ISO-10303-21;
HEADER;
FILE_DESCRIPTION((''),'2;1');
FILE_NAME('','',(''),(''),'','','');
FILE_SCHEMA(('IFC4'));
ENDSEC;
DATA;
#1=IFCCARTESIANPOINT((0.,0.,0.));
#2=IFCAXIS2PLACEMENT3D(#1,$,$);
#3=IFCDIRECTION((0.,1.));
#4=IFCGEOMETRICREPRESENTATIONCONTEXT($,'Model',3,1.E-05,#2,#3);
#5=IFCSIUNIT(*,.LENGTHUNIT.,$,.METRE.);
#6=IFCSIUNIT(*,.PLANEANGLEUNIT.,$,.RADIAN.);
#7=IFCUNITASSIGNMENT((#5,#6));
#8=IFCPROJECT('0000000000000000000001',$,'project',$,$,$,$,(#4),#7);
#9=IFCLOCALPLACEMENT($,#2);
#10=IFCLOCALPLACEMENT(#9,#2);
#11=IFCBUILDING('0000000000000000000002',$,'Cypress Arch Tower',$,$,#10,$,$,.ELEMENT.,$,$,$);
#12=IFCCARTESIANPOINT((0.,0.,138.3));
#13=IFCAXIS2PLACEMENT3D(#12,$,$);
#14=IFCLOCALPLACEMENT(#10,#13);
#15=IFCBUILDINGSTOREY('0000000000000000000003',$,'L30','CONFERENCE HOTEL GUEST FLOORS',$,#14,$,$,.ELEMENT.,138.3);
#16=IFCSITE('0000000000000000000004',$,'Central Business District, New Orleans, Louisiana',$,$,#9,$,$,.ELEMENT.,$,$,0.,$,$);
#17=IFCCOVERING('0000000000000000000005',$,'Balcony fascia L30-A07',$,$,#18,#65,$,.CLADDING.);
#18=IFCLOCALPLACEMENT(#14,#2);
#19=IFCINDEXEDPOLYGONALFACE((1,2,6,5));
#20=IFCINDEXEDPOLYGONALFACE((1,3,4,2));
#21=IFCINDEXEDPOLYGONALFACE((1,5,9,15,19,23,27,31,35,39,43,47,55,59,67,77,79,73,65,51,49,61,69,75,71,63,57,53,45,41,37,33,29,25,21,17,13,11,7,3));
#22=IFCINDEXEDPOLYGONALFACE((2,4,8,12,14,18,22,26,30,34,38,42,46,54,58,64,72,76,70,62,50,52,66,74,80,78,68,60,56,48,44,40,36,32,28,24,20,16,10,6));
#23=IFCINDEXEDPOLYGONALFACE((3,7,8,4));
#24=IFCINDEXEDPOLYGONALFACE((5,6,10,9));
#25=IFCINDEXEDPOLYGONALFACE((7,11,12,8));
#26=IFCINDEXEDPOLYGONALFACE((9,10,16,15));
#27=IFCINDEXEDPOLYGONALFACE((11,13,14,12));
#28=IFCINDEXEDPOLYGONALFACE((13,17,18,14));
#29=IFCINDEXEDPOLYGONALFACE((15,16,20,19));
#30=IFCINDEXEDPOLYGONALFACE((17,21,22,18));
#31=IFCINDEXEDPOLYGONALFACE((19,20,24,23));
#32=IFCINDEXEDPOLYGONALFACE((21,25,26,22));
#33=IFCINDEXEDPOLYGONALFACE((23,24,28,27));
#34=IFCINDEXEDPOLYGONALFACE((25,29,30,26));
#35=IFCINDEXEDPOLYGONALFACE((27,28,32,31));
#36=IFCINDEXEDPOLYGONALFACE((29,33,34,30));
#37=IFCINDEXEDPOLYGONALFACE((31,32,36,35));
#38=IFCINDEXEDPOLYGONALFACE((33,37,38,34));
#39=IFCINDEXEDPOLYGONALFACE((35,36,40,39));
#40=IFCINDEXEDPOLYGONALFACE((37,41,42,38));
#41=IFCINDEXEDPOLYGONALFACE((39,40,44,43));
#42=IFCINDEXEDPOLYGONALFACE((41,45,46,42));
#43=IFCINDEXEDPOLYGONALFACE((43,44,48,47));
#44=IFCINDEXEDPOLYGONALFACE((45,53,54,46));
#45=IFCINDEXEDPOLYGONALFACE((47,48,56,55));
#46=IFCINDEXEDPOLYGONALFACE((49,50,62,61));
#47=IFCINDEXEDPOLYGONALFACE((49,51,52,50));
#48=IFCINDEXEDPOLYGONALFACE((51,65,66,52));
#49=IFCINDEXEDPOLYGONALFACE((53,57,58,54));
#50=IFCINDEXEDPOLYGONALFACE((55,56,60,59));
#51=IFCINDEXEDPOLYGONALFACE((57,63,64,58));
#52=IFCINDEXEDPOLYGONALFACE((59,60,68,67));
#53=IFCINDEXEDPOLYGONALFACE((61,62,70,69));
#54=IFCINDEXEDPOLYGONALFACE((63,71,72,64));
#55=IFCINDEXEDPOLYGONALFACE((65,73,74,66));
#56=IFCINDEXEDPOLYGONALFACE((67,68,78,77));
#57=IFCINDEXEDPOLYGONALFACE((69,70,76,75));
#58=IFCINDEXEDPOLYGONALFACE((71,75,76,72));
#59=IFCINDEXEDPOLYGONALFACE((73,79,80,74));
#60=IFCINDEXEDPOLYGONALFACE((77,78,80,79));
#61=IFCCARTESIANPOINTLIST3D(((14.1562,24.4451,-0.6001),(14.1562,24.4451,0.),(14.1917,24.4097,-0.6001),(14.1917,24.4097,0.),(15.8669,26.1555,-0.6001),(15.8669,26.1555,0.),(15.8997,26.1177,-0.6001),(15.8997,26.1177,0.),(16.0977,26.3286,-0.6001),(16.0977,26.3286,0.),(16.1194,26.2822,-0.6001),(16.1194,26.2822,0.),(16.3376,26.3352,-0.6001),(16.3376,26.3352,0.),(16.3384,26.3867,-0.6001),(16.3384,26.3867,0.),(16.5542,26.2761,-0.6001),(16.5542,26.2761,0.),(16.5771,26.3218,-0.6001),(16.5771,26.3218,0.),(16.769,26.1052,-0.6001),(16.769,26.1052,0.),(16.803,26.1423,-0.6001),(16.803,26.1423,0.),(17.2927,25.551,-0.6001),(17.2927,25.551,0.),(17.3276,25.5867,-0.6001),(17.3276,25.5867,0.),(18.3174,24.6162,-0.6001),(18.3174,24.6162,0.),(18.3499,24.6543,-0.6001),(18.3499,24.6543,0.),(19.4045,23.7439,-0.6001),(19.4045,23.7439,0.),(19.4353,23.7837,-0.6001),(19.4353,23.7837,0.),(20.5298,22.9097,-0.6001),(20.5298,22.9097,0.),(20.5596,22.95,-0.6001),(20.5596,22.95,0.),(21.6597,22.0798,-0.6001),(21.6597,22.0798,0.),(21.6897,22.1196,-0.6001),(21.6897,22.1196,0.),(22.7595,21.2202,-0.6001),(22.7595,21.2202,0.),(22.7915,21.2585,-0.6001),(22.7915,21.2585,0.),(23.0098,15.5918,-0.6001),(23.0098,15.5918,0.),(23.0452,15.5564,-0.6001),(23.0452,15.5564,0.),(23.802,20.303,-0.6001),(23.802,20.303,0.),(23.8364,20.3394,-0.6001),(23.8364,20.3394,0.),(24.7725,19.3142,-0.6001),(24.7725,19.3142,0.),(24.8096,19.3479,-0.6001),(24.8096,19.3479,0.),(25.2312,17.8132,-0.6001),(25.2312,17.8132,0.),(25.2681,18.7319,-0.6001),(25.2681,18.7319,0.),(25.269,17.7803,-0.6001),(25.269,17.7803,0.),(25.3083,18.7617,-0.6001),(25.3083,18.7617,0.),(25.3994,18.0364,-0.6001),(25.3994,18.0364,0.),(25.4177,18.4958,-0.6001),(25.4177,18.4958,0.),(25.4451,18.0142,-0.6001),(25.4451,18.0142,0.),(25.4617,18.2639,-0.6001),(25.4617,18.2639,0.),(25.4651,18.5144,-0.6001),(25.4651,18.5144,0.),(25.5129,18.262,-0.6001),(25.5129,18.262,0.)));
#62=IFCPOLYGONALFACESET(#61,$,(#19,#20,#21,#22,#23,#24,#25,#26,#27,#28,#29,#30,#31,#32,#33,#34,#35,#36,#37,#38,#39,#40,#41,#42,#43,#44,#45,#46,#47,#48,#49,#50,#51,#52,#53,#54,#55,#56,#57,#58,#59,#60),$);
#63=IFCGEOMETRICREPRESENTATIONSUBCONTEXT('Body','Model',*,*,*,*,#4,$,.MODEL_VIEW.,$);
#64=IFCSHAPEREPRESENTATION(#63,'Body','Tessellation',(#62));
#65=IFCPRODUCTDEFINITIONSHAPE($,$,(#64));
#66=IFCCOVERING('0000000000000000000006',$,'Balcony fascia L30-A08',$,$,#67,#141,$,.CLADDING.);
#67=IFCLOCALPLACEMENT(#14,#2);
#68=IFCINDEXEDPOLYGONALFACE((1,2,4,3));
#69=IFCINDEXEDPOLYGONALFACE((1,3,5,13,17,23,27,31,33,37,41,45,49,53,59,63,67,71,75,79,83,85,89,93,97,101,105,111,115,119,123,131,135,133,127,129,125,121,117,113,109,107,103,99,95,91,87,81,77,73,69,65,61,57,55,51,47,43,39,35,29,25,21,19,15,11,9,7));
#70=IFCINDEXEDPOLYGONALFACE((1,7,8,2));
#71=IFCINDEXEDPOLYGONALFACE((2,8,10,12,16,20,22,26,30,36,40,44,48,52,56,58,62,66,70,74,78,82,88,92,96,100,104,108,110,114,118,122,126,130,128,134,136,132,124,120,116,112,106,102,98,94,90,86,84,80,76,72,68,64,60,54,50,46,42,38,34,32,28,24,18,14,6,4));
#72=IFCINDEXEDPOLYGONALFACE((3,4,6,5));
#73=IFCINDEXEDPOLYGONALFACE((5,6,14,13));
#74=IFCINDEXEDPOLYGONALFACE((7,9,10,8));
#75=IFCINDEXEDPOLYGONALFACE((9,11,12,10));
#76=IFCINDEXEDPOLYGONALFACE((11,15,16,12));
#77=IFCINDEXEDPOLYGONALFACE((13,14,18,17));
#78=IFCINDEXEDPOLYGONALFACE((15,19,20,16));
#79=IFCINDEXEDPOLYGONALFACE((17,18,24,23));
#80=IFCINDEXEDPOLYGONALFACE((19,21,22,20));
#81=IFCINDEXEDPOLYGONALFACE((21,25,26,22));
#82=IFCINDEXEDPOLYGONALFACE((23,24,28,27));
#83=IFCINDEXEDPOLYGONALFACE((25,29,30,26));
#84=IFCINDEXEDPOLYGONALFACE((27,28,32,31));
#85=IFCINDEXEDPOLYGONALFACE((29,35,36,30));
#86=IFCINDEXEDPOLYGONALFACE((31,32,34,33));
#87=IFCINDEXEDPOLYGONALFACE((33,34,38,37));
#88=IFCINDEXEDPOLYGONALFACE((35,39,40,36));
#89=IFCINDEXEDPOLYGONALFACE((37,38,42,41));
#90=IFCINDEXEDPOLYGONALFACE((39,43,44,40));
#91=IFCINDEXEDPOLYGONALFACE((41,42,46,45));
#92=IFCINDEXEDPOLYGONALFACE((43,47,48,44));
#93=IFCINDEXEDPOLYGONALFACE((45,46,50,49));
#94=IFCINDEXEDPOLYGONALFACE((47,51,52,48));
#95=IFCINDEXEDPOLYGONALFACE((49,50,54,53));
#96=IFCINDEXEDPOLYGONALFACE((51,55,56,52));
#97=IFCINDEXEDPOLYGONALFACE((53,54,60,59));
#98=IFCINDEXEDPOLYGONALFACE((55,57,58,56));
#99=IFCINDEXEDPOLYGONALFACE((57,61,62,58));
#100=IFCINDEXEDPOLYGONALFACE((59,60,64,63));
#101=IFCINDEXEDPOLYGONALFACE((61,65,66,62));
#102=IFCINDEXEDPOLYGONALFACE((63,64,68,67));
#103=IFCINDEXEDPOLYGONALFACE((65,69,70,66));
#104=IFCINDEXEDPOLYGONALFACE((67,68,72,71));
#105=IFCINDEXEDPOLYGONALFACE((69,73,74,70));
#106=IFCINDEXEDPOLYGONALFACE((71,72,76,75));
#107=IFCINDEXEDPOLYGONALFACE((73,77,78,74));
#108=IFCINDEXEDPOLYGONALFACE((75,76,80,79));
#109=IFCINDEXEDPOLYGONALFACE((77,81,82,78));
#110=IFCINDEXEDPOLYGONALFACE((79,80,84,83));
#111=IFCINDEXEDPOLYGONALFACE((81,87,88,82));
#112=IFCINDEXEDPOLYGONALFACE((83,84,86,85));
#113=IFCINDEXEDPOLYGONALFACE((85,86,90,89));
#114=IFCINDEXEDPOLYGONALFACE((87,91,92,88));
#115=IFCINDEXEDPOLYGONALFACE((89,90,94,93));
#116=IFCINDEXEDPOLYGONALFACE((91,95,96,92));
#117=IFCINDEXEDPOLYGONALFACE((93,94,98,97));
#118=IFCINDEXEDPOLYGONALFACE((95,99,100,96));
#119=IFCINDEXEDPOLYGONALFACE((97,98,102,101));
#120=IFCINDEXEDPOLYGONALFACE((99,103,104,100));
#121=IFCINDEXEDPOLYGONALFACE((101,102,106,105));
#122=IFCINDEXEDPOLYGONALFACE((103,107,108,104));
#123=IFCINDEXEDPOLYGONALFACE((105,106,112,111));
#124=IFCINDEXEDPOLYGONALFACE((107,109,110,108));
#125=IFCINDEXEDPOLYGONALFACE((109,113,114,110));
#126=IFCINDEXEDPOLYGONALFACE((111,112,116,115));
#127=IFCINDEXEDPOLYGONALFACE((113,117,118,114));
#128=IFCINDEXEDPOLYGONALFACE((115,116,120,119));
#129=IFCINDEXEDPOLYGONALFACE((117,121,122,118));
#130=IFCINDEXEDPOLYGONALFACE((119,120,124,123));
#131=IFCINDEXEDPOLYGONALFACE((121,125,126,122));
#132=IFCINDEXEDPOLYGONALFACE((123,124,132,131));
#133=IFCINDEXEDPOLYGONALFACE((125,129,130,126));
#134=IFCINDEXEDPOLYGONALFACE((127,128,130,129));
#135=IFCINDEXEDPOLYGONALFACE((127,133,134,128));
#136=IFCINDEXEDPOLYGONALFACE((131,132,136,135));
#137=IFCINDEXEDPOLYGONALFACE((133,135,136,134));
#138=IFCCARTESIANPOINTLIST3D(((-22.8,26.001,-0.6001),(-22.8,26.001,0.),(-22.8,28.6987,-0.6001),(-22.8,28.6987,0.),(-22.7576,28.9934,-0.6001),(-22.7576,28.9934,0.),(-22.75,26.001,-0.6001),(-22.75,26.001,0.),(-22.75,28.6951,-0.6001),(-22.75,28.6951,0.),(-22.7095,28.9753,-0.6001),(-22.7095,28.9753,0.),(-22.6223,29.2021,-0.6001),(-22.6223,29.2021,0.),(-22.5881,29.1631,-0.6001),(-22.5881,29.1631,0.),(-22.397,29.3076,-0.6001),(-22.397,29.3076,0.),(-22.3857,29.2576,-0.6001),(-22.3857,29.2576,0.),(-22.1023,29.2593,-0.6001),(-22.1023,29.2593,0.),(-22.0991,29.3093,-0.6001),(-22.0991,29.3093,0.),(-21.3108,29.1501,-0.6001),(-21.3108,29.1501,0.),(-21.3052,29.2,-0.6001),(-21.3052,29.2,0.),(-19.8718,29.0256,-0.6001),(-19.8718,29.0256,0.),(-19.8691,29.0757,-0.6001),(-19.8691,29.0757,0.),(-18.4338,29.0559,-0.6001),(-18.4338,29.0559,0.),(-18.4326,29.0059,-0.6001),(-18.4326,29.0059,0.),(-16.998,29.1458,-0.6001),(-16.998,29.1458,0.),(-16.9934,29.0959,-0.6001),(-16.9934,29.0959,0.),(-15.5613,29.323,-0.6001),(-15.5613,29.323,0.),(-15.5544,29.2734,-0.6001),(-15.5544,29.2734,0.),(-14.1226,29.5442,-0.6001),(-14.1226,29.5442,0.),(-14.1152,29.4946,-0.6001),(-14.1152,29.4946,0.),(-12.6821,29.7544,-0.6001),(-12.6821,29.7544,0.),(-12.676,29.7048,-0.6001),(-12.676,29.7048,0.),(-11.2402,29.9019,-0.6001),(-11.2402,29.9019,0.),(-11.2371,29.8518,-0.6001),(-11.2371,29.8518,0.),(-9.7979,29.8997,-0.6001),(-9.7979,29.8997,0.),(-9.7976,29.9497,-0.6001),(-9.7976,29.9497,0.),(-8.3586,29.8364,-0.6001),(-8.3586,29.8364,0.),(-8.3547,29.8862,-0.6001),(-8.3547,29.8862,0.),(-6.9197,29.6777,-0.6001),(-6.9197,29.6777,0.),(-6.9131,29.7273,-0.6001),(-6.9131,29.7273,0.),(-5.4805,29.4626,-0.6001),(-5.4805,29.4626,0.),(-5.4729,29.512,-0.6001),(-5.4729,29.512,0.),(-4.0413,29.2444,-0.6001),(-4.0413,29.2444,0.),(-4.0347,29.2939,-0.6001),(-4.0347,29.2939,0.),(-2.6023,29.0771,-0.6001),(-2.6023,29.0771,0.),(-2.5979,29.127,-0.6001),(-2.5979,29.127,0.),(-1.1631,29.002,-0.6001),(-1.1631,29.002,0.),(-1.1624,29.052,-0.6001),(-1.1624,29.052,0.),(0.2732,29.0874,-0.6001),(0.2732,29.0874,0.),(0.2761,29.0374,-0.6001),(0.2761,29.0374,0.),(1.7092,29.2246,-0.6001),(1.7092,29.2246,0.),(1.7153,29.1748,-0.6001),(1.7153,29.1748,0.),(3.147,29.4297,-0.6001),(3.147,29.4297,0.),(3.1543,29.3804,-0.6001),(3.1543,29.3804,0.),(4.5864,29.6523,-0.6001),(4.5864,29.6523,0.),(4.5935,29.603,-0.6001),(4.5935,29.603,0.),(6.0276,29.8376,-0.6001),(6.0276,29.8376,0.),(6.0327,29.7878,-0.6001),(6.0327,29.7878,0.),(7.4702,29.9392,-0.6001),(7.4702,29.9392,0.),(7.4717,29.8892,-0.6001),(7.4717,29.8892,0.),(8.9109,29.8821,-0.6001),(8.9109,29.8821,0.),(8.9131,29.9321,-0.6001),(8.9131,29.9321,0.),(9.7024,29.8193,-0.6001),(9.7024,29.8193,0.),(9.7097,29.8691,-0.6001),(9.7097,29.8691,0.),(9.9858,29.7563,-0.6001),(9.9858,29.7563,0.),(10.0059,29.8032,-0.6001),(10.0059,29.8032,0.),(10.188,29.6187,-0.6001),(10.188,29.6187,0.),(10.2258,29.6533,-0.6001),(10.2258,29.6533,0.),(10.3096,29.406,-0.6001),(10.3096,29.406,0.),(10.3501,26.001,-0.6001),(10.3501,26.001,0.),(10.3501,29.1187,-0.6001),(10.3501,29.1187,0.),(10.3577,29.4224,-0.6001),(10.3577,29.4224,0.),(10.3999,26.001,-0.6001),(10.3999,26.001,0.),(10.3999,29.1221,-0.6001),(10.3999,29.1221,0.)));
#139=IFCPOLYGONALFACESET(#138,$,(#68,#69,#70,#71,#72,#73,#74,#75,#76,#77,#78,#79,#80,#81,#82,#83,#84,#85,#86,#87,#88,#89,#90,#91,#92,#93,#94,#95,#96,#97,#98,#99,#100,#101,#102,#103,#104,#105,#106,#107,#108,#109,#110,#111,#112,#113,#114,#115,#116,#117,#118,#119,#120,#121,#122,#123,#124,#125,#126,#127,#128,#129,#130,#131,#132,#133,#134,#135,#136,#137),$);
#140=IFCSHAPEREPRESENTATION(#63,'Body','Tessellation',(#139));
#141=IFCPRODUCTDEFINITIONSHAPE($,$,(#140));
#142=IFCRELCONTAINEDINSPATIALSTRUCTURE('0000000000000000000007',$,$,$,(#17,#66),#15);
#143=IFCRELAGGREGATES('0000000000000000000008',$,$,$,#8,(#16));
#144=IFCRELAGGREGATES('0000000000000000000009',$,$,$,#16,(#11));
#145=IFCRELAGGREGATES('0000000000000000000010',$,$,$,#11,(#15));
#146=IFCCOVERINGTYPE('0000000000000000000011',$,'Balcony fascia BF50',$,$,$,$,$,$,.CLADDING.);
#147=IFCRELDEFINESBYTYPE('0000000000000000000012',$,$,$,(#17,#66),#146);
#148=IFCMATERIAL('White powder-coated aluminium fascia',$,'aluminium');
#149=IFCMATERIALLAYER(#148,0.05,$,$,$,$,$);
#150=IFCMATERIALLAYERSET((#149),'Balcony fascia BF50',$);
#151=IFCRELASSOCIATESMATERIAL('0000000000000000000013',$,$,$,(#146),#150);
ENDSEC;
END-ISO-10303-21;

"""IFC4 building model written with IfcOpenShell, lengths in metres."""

from ifc_helpers import new_model, si_unit, direction, frame, origin, place, context, subcontext, project, spatial, polyline, outline, extrude, material, layer, layer_set, type_object, element, save


model = new_model("IFC4")

# Units and contexts
model_context = context("Model", 3, precision=1e-05, world=origin(), true_north=direction((0.0, 1.0)))
body_context = subcontext(model_context, "Body", "Model", "MODEL_VIEW")
ifc_project = project(units=[si_unit("LENGTHUNIT", "METRE"), si_unit("PLANEANGLEUNIT", "RADIAN")], contexts=[model_context])

# Site, building, storey
site_placement = place(None, origin())
site = spatial("IfcSite", under=ifc_project, at=site_placement, Name="Central Business District, New Orleans, Louisiana", CompositionType="ELEMENT", RefElevation=0.0)
building_placement = place(site_placement, origin())
building = spatial("IfcBuilding", under=site, at=building_placement, Name="Cypress Arch Tower", CompositionType="ELEMENT")
storey_placement = place(building_placement, frame((0.0, 0.0, 138.3)))
storey = spatial("IfcBuildingStorey", under=building, at=storey_placement, Name="L30", Description="CONFERENCE HOTEL GUEST FLOORS", CompositionType="ELEMENT", Elevation=138.3)

# Coverings
ifc_material_1 = material(Name="White powder-coated aluminium fascia", Category="aluminium")
ifc_layer_1 = layer(ifc_material_1, 0.05)
ifc_layer_set_1 = layer_set([ifc_layer_1], Name="Balcony fascia BF50")
covering_type_1 = type_object("IfcCoveringType", Name="Balcony fascia BF50", PredefinedType="CLADDING", material=ifc_layer_set_1)
covering_1_placement = place(storey_placement, frame((0.0, 0.0, -0.6001)))
element("IfcCovering", 1, at=covering_1_placement, inside=storey, type_object=covering_type_1, Name="Balcony fascia L30-A07", PredefinedType="CLADDING", context=body_context, shape_type="SweptSolid", body=[
    extrude(outline(polyline([(15.8669, 26.1555), (16.0977, 26.3286), (16.3384, 26.3867), (16.5771, 26.3218), (16.803, 26.1423), (17.3276, 25.5867), (18.3499, 24.6543), (19.4353, 23.7837), (20.5596, 22.95), (21.6897, 22.1196), (22.7915, 21.2585), (23.8364, 20.3394), (24.8096, 19.3479), (25.3083, 18.7617), (25.4651, 18.5144), (25.5129, 18.262), (25.4451, 18.0142), (25.269, 17.7803), (23.0452, 15.5564), (23.0098, 15.5918), (25.2312, 17.8132), (25.3994, 18.0364), (25.4617, 18.2639), (25.4177, 18.4958), (25.2681, 18.7319), (24.7725, 19.3142), (23.802, 20.303), (22.7595, 21.2202), (21.6597, 22.0798), (20.5298, 22.9097), (19.4045, 23.7439), (18.3174, 24.6162), (17.2927, 25.551), (16.769, 26.1052), (16.5542, 26.2761), (16.3376, 26.3352), (16.1194, 26.2822), (15.8997, 26.1177), (14.1917, 24.4097), (14.1562, 24.4451), (15.8669, 26.1555)])), origin(), (0.0, 0.0, 1.0), 0.6001),
])
covering_2_placement = place(storey_placement, frame((0.0, 0.0, -0.6001)))
element("IfcCovering", 2, at=covering_2_placement, inside=storey, type_object=covering_type_1, Name="Balcony fascia L30-A08", PredefinedType="CLADDING", context=body_context, shape_type="SweptSolid", body=[
    extrude(outline(polyline([(-22.8, 28.6987), (-22.7576, 28.9934), (-22.6223, 29.2021), (-22.397, 29.3076), (-22.0991, 29.3093), (-21.3052, 29.2), (-19.8691, 29.0757), (-18.4338, 29.0559), (-16.998, 29.1458), (-15.5613, 29.323), (-14.1226, 29.5442), (-12.6821, 29.7544), (-11.2402, 29.9019), (-9.7976, 29.9497), (-8.3547, 29.8862), (-6.9131, 29.7273), (-5.4729, 29.512), (-4.0347, 29.2939), (-2.5979, 29.127), (-1.1624, 29.052), (0.2732, 29.0874), (1.7092, 29.2246), (3.147, 29.4297), (4.5864, 29.6523), (6.0276, 29.8376), (7.4702, 29.9392), (8.9131, 29.9321), (9.7097, 29.8691), (10.0059, 29.8032), (10.2258, 29.6533), (10.3577, 29.4224), (10.3999, 29.1221), (10.3999, 26.001), (10.3501, 26.001), (10.3501, 29.1187), (10.3096, 29.406), (10.188, 29.6187), (9.9858, 29.7563), (9.7024, 29.8193), (8.9109, 29.8821), (7.4717, 29.8892), (6.0327, 29.7878), (4.5935, 29.603), (3.1543, 29.3804), (1.7153, 29.1748), (0.2761, 29.0374), (-1.1631, 29.002), (-2.6023, 29.0771), (-4.0413, 29.2444), (-5.4805, 29.4626), (-6.9197, 29.6777), (-8.3586, 29.8364), (-9.7979, 29.8997), (-11.2371, 29.8518), (-12.676, 29.7048), (-14.1152, 29.4946), (-15.5544, 29.2734), (-16.9934, 29.0959), (-18.4326, 29.0059), (-19.8718, 29.0256), (-21.3108, 29.1501), (-22.1023, 29.2593), (-22.3857, 29.2576), (-22.5881, 29.1631), (-22.7095, 28.9753), (-22.75, 28.6951), (-22.75, 26.001), (-22.8, 26.001), (-22.8, 28.6987)])), origin(), (0.0, 0.0, 1.0), 0.6001),
])

save(model, "model.ifc")
